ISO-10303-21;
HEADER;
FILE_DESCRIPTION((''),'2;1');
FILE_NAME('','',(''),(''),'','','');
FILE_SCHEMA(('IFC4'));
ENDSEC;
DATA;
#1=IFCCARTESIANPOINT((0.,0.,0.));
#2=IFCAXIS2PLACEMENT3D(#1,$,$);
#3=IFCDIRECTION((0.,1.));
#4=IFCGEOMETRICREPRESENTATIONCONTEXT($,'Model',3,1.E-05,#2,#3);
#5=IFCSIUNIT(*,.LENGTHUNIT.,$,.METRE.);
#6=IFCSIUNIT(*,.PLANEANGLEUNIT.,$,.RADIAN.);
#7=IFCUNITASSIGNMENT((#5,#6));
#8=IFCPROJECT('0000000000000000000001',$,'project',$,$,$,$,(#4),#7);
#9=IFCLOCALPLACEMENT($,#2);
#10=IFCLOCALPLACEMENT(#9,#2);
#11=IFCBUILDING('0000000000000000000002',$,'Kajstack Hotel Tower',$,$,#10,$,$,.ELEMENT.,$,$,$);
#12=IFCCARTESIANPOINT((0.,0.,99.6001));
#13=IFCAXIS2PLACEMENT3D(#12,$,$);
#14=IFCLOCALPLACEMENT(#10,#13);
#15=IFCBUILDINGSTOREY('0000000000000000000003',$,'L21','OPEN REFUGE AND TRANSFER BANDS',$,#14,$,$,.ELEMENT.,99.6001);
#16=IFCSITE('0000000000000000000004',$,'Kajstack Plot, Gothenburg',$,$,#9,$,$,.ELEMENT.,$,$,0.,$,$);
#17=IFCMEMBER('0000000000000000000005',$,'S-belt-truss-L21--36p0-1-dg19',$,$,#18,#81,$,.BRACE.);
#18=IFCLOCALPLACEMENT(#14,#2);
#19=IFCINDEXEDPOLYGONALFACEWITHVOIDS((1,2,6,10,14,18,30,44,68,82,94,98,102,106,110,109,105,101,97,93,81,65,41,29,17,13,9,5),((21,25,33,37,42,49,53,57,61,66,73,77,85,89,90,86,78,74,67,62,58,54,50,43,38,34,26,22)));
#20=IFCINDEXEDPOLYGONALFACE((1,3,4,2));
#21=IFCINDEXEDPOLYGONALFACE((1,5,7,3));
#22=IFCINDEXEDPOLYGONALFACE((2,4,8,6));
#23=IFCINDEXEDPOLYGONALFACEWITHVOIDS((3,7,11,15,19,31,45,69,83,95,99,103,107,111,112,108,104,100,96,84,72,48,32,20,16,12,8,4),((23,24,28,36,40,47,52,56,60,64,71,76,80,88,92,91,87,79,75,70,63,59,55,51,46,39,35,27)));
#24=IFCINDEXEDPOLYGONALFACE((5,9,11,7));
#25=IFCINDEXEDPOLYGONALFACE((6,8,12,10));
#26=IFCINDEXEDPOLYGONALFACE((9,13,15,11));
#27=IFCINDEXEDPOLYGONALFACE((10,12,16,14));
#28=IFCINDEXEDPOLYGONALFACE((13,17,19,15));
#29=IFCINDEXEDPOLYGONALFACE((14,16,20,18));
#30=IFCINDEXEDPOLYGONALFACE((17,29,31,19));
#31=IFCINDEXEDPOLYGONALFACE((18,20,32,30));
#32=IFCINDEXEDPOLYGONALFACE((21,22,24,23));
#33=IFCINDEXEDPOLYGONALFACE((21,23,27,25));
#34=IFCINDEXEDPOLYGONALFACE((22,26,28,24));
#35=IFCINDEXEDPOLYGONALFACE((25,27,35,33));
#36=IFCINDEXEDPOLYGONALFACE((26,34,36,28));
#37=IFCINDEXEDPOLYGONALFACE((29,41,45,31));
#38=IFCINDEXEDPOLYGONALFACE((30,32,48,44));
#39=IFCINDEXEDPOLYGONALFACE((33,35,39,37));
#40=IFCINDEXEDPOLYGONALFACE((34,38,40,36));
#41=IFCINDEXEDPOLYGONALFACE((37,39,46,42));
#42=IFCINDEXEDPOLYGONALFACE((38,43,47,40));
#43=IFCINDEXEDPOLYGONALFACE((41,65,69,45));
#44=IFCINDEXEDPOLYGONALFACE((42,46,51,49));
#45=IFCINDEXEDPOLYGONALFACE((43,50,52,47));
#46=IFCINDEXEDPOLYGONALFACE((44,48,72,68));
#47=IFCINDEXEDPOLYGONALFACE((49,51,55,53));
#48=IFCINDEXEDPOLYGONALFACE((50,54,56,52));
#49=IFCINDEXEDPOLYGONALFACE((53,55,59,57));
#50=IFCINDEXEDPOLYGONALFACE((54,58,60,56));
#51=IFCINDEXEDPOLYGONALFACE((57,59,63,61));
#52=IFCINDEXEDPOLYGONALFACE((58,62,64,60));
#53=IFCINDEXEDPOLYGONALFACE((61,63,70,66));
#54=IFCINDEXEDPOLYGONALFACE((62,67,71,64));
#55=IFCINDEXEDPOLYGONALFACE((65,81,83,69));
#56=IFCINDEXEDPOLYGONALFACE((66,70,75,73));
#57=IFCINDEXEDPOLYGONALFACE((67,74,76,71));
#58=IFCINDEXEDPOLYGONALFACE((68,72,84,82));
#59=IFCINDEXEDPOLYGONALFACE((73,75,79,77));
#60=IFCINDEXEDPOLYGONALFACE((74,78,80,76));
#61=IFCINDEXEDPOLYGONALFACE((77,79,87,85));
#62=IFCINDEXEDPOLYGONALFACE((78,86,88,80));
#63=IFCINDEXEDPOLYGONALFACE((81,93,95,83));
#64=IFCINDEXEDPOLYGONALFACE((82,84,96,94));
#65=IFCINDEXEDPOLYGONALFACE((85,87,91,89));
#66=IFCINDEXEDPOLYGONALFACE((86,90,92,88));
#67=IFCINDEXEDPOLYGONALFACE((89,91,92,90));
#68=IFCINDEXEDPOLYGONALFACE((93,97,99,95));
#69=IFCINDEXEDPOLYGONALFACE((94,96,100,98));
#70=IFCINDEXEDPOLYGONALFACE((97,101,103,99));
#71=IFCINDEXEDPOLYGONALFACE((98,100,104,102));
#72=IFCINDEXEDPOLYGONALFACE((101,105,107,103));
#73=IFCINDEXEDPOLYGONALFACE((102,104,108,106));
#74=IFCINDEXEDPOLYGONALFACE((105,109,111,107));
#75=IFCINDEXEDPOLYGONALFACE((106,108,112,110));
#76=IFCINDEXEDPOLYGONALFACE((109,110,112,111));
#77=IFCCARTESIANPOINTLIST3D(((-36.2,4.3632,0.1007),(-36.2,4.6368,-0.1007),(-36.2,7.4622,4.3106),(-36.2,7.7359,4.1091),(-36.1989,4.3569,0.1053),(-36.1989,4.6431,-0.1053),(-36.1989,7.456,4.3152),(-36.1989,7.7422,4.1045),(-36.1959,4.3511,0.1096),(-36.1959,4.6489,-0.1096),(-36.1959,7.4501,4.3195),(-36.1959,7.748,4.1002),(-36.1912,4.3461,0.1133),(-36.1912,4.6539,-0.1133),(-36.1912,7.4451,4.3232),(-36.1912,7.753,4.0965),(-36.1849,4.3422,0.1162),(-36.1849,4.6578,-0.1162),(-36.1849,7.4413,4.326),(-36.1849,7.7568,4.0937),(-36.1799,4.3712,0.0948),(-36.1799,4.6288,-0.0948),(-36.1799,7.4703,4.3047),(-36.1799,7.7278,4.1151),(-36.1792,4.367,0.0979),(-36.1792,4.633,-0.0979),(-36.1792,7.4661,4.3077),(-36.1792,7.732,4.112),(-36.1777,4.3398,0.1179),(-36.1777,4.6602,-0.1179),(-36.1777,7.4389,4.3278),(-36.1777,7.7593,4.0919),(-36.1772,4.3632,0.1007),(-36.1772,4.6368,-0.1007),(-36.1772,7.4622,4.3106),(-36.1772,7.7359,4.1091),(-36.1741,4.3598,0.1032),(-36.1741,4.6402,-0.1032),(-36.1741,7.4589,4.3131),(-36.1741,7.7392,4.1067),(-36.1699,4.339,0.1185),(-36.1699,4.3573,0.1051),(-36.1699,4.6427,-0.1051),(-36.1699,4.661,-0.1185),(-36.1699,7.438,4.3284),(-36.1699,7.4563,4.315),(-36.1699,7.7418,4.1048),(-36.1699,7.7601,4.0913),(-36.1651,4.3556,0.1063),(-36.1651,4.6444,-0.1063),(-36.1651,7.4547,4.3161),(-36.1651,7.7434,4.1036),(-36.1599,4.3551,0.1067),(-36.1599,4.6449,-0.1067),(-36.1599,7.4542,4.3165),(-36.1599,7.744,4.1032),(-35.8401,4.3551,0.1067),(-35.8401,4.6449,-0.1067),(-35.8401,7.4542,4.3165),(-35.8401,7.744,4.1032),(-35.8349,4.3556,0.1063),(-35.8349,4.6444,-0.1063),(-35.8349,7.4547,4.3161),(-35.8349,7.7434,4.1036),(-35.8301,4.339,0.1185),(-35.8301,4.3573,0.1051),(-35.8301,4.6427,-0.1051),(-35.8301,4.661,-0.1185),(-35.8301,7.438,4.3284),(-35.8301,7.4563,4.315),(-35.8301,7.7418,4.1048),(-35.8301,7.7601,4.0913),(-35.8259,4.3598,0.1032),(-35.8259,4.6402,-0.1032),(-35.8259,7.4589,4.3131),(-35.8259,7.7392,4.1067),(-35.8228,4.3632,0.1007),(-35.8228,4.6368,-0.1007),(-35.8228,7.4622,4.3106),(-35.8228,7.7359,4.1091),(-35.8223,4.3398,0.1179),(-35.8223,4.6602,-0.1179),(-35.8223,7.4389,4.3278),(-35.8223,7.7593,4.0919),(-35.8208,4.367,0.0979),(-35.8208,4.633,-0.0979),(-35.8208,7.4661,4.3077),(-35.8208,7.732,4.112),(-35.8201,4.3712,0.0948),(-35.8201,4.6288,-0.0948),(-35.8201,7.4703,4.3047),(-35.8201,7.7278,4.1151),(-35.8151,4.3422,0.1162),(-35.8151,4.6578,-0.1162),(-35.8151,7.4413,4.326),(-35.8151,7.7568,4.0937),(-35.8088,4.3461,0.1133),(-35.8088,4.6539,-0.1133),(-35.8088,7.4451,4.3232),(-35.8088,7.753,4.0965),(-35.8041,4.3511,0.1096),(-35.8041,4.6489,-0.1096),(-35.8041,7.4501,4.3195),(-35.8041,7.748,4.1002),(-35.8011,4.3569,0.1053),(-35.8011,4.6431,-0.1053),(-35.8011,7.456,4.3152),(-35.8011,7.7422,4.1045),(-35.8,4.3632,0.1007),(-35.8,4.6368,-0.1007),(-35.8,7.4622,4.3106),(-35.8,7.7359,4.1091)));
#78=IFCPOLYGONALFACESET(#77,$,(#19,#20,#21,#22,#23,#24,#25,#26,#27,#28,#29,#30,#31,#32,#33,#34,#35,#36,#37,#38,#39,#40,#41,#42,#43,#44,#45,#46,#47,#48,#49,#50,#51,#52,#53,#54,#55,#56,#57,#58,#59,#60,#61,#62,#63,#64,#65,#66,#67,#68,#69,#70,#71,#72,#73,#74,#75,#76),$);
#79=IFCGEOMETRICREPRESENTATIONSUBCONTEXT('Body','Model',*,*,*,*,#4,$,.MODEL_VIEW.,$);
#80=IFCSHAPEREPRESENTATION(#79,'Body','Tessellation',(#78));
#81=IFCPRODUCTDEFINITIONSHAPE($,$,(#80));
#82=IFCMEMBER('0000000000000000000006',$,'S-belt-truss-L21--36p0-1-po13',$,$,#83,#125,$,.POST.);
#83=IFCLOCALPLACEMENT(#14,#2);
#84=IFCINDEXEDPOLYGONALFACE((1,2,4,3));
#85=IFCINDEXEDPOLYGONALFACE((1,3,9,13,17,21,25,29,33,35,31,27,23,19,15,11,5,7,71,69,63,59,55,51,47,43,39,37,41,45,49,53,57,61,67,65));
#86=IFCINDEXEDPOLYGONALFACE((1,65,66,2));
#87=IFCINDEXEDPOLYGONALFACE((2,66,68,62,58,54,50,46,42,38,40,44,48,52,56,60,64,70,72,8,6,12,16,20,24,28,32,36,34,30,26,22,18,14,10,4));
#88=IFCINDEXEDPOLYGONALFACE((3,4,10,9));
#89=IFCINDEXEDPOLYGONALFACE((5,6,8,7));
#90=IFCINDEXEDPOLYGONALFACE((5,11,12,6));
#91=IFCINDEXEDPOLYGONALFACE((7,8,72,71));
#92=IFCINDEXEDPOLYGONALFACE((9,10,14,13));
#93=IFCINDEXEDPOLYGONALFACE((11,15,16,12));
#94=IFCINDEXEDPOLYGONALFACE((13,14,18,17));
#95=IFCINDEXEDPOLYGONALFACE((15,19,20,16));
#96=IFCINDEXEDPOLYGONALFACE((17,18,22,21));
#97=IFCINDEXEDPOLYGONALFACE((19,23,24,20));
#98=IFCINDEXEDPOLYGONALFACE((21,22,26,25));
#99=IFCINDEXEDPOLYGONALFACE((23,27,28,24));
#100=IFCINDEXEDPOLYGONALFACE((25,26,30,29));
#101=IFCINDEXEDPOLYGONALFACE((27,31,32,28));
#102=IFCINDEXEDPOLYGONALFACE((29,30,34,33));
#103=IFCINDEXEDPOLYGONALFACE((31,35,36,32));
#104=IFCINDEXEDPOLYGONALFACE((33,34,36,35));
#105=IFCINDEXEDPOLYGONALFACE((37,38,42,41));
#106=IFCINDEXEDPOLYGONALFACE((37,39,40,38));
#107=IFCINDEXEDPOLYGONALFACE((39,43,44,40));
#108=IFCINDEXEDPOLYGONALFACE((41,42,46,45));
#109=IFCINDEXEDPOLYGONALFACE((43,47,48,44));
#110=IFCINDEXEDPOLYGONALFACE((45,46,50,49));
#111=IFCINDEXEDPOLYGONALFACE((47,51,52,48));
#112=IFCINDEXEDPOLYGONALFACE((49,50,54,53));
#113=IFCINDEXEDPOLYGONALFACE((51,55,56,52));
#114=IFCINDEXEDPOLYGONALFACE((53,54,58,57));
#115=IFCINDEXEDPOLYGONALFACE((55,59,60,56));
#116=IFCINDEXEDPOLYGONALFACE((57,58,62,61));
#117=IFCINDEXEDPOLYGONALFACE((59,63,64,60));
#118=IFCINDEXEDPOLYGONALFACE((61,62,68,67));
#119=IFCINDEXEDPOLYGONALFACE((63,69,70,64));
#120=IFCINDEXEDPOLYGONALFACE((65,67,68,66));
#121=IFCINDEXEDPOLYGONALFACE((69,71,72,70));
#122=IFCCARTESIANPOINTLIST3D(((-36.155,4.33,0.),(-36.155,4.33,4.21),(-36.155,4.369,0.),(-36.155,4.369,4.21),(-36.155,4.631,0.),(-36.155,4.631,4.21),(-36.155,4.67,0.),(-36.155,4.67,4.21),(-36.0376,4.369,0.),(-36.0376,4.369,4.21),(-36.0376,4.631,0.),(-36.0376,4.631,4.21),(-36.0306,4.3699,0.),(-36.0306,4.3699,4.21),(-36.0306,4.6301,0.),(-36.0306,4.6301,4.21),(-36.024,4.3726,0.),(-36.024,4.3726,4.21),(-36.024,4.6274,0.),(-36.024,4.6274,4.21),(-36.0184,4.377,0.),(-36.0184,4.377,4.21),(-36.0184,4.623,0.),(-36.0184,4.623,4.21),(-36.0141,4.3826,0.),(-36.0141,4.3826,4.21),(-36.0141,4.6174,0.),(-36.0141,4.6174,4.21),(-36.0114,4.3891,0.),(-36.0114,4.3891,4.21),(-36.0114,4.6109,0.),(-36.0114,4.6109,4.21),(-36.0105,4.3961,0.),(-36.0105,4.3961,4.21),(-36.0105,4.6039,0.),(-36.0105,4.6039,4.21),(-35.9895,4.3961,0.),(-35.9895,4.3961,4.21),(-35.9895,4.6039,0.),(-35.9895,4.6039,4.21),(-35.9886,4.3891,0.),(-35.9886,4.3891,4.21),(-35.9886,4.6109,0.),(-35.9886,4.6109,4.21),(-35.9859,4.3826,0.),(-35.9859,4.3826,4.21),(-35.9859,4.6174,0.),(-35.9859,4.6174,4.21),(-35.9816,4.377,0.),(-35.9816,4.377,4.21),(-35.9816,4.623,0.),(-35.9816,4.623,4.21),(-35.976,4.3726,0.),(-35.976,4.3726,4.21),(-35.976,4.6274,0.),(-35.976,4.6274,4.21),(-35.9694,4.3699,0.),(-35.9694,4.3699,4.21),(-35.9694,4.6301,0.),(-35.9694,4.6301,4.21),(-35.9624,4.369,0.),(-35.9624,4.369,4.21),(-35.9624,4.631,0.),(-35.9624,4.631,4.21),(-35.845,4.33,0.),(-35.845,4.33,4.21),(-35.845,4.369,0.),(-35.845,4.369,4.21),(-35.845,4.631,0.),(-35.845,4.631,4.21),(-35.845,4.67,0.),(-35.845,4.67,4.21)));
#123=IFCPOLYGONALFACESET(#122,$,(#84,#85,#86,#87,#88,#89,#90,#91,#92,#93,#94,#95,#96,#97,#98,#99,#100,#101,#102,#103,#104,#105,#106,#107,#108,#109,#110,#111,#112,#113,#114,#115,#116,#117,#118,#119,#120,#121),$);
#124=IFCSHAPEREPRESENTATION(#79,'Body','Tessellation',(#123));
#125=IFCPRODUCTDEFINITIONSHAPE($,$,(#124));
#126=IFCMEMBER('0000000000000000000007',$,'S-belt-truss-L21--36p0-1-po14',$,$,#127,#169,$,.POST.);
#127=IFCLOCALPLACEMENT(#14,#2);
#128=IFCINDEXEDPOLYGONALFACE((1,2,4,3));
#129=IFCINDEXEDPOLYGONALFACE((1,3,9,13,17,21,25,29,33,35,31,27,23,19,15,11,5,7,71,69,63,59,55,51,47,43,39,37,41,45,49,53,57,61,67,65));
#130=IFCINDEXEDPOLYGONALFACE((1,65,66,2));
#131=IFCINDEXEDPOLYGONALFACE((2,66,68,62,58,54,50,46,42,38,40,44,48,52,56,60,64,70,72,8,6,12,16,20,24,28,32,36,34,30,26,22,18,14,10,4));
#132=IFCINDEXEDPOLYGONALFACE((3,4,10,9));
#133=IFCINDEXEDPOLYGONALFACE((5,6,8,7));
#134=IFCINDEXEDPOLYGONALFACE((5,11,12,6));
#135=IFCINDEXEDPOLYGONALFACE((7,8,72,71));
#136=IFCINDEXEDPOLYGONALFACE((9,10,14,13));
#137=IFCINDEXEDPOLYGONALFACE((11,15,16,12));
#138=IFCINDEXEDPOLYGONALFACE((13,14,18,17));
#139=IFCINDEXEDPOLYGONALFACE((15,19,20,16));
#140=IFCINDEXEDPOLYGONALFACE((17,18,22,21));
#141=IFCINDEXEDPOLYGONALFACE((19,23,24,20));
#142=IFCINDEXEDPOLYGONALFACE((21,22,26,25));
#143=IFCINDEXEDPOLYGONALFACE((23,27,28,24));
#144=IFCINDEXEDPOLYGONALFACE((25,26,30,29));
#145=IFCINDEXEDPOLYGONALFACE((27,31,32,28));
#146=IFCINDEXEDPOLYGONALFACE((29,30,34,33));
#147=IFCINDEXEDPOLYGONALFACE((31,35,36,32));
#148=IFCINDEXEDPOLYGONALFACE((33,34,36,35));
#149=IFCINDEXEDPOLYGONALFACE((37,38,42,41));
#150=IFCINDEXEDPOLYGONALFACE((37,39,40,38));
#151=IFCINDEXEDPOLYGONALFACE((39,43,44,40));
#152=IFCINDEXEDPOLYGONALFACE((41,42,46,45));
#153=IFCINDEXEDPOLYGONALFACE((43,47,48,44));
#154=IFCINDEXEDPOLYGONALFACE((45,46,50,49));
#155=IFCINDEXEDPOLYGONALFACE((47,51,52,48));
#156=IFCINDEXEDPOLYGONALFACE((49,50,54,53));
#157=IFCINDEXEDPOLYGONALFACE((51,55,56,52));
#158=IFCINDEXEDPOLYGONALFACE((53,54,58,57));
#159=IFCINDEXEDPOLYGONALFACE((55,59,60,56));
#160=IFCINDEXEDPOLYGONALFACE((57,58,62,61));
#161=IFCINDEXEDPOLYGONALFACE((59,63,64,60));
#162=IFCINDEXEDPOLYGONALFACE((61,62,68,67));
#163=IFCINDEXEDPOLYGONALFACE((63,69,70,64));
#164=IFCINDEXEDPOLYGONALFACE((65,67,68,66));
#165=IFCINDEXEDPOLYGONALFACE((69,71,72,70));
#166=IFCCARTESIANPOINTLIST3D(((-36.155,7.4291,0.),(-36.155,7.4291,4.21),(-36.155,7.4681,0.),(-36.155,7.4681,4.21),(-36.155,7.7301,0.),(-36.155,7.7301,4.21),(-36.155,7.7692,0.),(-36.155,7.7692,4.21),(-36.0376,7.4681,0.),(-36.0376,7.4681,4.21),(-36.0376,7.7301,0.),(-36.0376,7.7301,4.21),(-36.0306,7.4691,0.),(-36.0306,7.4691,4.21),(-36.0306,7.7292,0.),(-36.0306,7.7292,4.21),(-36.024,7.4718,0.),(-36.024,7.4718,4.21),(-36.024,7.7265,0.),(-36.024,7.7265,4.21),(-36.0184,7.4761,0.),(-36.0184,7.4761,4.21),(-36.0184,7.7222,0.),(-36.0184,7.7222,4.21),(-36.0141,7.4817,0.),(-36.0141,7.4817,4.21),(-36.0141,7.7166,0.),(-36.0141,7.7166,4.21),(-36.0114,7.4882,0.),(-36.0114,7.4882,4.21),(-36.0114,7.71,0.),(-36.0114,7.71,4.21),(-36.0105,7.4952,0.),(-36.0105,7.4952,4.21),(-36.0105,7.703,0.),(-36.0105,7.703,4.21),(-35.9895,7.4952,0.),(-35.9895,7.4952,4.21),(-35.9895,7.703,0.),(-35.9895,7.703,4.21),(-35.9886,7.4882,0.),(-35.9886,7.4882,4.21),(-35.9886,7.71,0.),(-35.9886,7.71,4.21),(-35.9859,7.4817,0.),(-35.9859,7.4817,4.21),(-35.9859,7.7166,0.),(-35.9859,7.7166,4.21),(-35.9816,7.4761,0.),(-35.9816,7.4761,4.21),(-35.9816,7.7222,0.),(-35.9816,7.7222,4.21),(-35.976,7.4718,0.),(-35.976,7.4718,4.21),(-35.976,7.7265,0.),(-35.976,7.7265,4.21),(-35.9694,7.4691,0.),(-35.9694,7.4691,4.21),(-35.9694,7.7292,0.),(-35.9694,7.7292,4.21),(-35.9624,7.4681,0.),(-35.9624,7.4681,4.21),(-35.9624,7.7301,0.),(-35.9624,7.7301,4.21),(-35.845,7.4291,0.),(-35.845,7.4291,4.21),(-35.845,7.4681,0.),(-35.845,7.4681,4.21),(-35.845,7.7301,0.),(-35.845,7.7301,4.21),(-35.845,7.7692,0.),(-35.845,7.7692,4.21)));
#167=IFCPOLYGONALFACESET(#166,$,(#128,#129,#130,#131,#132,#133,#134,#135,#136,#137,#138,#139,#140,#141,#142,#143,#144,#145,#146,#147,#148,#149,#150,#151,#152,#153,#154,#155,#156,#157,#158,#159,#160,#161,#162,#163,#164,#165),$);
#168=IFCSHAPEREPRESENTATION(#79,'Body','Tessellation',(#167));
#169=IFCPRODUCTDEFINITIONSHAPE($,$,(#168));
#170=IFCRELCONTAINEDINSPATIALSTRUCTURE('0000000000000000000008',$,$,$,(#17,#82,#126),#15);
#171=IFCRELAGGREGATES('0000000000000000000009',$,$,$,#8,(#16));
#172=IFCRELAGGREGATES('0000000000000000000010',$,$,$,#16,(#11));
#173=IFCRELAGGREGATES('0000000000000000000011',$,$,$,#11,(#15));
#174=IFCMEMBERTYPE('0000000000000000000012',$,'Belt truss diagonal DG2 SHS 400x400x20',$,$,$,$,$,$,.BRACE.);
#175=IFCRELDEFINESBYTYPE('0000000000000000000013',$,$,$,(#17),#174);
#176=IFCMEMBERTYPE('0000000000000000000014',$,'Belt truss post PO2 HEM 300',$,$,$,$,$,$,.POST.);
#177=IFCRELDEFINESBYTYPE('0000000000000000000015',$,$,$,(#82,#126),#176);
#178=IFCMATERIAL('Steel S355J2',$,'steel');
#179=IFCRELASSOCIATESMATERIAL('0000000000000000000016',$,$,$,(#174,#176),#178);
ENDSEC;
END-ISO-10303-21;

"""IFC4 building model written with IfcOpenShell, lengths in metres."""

from ifc_helpers import new_model, si_unit, direction, frame, origin, origin_2d, place, context, subcontext, project, spatial, hollow_rectangle, i_section, extrude, material, material_profile, profile_set, type_object, element, save


model = new_model("IFC4")

# Units and contexts
model_context = context("Model", 3, precision=1e-05, world=origin(), true_north=direction((0.0, 1.0)))
body_context = subcontext(model_context, "Body", "Model", "MODEL_VIEW")
ifc_project = project(units=[si_unit("LENGTHUNIT", "METRE"), si_unit("PLANEANGLEUNIT", "RADIAN")], contexts=[model_context])

# Site, building, storey
site_placement = place(None, origin())
site = spatial("IfcSite", under=ifc_project, at=site_placement, Name="Kajstack Plot, Gothenburg", CompositionType="ELEMENT", RefElevation=0.0)
building_placement = place(site_placement, origin())
building = spatial("IfcBuilding", under=site, at=building_placement, Name="Kajstack Hotel Tower", CompositionType="ELEMENT")
storey_placement = place(building_placement, frame((0.0, 0.0, 99.6001)))
storey = spatial("IfcBuildingStorey", under=building, at=storey_placement, Name="L21", Description="OPEN REFUGE AND TRANSFER BANDS", CompositionType="ELEMENT", Elevation=99.6001)

# Members
ifc_material_1 = material(Name="Steel S355J2", Category="steel")
ifc_material_profile_1 = material_profile(ifc_material_1, hollow_rectangle(XDim=0.3999, YDim=0.3999, WallThickness=0.02, InnerFilletRadius=0.02, OuterFilletRadius=0.03, at=origin_2d()), Name="SHS 400x400x20")
ifc_profile_set_1 = profile_set([ifc_material_profile_1], Name="Steel S355J2")
member_type_1 = type_object("IfcMemberType", Name="Belt truss diagonal DG2 SHS 400x400x20", PredefinedType="BRACE", material=ifc_profile_set_1)
member_1_placement = place(storey_placement, frame((-36.0, 4.5, 0.0), z_axis=(0.0, 0.592833, 0.805326), x_axis=(-1.0, 0.0, 0.0)))
element("IfcMember", 1, at=member_1_placement, inside=storey, type_object=member_type_1, Name="S-belt-truss-L21--36p0-1-dg19", PredefinedType="BRACE", context=body_context, shape_type="SweptSolid", body=[
    extrude(hollow_rectangle(XDim=0.3999, YDim=0.3999, WallThickness=0.02, InnerFilletRadius=0.02, OuterFilletRadius=0.03, at=origin_2d()), origin(), (0.0, 0.0, 1.0), 5.2275),
])
ifc_material_profile_2 = material_profile(ifc_material_1, i_section(OverallWidth=0.3101, OverallDepth=0.3401, WebThickness=0.021, FlangeThickness=0.0391, FilletRadius=0.0271, at=origin_2d()), Name="HEM 300")
ifc_profile_set_2 = profile_set([ifc_material_profile_2], Name="Steel S355J2")
member_type_2 = type_object("IfcMemberType", Name="Belt truss post PO2 HEM 300", PredefinedType="POST", material=ifc_profile_set_2)
for number, where, z_axis, x_axis, name in (
    (2, (-36.0, 4.5, 0.0), (0.0, 0.0, 1.0), (1.0, 0.0, 0.0), "S-belt-truss-L21--36p0-1-po13"),
    (3, (-36.0, 7.5991, 0.0), (0.0, 0.0, 1.0), (1.0, 0.0, 0.0), "S-belt-truss-L21--36p0-1-po14"),
):
    element("IfcMember", number, at=place(storey_placement, frame(where, z_axis=z_axis, x_axis=x_axis)), inside=storey, type_object=member_type_2, Name=name, PredefinedType="POST", context=body_context, shape_type="SweptSolid", body=[
        extrude(i_section(OverallWidth=0.3101, OverallDepth=0.3401, WebThickness=0.021, FlangeThickness=0.0391, FilletRadius=0.0271, at=origin_2d()), origin(), (0.0, 0.0, 1.0), 4.21),
    ])

save(model, "model.ifc")
